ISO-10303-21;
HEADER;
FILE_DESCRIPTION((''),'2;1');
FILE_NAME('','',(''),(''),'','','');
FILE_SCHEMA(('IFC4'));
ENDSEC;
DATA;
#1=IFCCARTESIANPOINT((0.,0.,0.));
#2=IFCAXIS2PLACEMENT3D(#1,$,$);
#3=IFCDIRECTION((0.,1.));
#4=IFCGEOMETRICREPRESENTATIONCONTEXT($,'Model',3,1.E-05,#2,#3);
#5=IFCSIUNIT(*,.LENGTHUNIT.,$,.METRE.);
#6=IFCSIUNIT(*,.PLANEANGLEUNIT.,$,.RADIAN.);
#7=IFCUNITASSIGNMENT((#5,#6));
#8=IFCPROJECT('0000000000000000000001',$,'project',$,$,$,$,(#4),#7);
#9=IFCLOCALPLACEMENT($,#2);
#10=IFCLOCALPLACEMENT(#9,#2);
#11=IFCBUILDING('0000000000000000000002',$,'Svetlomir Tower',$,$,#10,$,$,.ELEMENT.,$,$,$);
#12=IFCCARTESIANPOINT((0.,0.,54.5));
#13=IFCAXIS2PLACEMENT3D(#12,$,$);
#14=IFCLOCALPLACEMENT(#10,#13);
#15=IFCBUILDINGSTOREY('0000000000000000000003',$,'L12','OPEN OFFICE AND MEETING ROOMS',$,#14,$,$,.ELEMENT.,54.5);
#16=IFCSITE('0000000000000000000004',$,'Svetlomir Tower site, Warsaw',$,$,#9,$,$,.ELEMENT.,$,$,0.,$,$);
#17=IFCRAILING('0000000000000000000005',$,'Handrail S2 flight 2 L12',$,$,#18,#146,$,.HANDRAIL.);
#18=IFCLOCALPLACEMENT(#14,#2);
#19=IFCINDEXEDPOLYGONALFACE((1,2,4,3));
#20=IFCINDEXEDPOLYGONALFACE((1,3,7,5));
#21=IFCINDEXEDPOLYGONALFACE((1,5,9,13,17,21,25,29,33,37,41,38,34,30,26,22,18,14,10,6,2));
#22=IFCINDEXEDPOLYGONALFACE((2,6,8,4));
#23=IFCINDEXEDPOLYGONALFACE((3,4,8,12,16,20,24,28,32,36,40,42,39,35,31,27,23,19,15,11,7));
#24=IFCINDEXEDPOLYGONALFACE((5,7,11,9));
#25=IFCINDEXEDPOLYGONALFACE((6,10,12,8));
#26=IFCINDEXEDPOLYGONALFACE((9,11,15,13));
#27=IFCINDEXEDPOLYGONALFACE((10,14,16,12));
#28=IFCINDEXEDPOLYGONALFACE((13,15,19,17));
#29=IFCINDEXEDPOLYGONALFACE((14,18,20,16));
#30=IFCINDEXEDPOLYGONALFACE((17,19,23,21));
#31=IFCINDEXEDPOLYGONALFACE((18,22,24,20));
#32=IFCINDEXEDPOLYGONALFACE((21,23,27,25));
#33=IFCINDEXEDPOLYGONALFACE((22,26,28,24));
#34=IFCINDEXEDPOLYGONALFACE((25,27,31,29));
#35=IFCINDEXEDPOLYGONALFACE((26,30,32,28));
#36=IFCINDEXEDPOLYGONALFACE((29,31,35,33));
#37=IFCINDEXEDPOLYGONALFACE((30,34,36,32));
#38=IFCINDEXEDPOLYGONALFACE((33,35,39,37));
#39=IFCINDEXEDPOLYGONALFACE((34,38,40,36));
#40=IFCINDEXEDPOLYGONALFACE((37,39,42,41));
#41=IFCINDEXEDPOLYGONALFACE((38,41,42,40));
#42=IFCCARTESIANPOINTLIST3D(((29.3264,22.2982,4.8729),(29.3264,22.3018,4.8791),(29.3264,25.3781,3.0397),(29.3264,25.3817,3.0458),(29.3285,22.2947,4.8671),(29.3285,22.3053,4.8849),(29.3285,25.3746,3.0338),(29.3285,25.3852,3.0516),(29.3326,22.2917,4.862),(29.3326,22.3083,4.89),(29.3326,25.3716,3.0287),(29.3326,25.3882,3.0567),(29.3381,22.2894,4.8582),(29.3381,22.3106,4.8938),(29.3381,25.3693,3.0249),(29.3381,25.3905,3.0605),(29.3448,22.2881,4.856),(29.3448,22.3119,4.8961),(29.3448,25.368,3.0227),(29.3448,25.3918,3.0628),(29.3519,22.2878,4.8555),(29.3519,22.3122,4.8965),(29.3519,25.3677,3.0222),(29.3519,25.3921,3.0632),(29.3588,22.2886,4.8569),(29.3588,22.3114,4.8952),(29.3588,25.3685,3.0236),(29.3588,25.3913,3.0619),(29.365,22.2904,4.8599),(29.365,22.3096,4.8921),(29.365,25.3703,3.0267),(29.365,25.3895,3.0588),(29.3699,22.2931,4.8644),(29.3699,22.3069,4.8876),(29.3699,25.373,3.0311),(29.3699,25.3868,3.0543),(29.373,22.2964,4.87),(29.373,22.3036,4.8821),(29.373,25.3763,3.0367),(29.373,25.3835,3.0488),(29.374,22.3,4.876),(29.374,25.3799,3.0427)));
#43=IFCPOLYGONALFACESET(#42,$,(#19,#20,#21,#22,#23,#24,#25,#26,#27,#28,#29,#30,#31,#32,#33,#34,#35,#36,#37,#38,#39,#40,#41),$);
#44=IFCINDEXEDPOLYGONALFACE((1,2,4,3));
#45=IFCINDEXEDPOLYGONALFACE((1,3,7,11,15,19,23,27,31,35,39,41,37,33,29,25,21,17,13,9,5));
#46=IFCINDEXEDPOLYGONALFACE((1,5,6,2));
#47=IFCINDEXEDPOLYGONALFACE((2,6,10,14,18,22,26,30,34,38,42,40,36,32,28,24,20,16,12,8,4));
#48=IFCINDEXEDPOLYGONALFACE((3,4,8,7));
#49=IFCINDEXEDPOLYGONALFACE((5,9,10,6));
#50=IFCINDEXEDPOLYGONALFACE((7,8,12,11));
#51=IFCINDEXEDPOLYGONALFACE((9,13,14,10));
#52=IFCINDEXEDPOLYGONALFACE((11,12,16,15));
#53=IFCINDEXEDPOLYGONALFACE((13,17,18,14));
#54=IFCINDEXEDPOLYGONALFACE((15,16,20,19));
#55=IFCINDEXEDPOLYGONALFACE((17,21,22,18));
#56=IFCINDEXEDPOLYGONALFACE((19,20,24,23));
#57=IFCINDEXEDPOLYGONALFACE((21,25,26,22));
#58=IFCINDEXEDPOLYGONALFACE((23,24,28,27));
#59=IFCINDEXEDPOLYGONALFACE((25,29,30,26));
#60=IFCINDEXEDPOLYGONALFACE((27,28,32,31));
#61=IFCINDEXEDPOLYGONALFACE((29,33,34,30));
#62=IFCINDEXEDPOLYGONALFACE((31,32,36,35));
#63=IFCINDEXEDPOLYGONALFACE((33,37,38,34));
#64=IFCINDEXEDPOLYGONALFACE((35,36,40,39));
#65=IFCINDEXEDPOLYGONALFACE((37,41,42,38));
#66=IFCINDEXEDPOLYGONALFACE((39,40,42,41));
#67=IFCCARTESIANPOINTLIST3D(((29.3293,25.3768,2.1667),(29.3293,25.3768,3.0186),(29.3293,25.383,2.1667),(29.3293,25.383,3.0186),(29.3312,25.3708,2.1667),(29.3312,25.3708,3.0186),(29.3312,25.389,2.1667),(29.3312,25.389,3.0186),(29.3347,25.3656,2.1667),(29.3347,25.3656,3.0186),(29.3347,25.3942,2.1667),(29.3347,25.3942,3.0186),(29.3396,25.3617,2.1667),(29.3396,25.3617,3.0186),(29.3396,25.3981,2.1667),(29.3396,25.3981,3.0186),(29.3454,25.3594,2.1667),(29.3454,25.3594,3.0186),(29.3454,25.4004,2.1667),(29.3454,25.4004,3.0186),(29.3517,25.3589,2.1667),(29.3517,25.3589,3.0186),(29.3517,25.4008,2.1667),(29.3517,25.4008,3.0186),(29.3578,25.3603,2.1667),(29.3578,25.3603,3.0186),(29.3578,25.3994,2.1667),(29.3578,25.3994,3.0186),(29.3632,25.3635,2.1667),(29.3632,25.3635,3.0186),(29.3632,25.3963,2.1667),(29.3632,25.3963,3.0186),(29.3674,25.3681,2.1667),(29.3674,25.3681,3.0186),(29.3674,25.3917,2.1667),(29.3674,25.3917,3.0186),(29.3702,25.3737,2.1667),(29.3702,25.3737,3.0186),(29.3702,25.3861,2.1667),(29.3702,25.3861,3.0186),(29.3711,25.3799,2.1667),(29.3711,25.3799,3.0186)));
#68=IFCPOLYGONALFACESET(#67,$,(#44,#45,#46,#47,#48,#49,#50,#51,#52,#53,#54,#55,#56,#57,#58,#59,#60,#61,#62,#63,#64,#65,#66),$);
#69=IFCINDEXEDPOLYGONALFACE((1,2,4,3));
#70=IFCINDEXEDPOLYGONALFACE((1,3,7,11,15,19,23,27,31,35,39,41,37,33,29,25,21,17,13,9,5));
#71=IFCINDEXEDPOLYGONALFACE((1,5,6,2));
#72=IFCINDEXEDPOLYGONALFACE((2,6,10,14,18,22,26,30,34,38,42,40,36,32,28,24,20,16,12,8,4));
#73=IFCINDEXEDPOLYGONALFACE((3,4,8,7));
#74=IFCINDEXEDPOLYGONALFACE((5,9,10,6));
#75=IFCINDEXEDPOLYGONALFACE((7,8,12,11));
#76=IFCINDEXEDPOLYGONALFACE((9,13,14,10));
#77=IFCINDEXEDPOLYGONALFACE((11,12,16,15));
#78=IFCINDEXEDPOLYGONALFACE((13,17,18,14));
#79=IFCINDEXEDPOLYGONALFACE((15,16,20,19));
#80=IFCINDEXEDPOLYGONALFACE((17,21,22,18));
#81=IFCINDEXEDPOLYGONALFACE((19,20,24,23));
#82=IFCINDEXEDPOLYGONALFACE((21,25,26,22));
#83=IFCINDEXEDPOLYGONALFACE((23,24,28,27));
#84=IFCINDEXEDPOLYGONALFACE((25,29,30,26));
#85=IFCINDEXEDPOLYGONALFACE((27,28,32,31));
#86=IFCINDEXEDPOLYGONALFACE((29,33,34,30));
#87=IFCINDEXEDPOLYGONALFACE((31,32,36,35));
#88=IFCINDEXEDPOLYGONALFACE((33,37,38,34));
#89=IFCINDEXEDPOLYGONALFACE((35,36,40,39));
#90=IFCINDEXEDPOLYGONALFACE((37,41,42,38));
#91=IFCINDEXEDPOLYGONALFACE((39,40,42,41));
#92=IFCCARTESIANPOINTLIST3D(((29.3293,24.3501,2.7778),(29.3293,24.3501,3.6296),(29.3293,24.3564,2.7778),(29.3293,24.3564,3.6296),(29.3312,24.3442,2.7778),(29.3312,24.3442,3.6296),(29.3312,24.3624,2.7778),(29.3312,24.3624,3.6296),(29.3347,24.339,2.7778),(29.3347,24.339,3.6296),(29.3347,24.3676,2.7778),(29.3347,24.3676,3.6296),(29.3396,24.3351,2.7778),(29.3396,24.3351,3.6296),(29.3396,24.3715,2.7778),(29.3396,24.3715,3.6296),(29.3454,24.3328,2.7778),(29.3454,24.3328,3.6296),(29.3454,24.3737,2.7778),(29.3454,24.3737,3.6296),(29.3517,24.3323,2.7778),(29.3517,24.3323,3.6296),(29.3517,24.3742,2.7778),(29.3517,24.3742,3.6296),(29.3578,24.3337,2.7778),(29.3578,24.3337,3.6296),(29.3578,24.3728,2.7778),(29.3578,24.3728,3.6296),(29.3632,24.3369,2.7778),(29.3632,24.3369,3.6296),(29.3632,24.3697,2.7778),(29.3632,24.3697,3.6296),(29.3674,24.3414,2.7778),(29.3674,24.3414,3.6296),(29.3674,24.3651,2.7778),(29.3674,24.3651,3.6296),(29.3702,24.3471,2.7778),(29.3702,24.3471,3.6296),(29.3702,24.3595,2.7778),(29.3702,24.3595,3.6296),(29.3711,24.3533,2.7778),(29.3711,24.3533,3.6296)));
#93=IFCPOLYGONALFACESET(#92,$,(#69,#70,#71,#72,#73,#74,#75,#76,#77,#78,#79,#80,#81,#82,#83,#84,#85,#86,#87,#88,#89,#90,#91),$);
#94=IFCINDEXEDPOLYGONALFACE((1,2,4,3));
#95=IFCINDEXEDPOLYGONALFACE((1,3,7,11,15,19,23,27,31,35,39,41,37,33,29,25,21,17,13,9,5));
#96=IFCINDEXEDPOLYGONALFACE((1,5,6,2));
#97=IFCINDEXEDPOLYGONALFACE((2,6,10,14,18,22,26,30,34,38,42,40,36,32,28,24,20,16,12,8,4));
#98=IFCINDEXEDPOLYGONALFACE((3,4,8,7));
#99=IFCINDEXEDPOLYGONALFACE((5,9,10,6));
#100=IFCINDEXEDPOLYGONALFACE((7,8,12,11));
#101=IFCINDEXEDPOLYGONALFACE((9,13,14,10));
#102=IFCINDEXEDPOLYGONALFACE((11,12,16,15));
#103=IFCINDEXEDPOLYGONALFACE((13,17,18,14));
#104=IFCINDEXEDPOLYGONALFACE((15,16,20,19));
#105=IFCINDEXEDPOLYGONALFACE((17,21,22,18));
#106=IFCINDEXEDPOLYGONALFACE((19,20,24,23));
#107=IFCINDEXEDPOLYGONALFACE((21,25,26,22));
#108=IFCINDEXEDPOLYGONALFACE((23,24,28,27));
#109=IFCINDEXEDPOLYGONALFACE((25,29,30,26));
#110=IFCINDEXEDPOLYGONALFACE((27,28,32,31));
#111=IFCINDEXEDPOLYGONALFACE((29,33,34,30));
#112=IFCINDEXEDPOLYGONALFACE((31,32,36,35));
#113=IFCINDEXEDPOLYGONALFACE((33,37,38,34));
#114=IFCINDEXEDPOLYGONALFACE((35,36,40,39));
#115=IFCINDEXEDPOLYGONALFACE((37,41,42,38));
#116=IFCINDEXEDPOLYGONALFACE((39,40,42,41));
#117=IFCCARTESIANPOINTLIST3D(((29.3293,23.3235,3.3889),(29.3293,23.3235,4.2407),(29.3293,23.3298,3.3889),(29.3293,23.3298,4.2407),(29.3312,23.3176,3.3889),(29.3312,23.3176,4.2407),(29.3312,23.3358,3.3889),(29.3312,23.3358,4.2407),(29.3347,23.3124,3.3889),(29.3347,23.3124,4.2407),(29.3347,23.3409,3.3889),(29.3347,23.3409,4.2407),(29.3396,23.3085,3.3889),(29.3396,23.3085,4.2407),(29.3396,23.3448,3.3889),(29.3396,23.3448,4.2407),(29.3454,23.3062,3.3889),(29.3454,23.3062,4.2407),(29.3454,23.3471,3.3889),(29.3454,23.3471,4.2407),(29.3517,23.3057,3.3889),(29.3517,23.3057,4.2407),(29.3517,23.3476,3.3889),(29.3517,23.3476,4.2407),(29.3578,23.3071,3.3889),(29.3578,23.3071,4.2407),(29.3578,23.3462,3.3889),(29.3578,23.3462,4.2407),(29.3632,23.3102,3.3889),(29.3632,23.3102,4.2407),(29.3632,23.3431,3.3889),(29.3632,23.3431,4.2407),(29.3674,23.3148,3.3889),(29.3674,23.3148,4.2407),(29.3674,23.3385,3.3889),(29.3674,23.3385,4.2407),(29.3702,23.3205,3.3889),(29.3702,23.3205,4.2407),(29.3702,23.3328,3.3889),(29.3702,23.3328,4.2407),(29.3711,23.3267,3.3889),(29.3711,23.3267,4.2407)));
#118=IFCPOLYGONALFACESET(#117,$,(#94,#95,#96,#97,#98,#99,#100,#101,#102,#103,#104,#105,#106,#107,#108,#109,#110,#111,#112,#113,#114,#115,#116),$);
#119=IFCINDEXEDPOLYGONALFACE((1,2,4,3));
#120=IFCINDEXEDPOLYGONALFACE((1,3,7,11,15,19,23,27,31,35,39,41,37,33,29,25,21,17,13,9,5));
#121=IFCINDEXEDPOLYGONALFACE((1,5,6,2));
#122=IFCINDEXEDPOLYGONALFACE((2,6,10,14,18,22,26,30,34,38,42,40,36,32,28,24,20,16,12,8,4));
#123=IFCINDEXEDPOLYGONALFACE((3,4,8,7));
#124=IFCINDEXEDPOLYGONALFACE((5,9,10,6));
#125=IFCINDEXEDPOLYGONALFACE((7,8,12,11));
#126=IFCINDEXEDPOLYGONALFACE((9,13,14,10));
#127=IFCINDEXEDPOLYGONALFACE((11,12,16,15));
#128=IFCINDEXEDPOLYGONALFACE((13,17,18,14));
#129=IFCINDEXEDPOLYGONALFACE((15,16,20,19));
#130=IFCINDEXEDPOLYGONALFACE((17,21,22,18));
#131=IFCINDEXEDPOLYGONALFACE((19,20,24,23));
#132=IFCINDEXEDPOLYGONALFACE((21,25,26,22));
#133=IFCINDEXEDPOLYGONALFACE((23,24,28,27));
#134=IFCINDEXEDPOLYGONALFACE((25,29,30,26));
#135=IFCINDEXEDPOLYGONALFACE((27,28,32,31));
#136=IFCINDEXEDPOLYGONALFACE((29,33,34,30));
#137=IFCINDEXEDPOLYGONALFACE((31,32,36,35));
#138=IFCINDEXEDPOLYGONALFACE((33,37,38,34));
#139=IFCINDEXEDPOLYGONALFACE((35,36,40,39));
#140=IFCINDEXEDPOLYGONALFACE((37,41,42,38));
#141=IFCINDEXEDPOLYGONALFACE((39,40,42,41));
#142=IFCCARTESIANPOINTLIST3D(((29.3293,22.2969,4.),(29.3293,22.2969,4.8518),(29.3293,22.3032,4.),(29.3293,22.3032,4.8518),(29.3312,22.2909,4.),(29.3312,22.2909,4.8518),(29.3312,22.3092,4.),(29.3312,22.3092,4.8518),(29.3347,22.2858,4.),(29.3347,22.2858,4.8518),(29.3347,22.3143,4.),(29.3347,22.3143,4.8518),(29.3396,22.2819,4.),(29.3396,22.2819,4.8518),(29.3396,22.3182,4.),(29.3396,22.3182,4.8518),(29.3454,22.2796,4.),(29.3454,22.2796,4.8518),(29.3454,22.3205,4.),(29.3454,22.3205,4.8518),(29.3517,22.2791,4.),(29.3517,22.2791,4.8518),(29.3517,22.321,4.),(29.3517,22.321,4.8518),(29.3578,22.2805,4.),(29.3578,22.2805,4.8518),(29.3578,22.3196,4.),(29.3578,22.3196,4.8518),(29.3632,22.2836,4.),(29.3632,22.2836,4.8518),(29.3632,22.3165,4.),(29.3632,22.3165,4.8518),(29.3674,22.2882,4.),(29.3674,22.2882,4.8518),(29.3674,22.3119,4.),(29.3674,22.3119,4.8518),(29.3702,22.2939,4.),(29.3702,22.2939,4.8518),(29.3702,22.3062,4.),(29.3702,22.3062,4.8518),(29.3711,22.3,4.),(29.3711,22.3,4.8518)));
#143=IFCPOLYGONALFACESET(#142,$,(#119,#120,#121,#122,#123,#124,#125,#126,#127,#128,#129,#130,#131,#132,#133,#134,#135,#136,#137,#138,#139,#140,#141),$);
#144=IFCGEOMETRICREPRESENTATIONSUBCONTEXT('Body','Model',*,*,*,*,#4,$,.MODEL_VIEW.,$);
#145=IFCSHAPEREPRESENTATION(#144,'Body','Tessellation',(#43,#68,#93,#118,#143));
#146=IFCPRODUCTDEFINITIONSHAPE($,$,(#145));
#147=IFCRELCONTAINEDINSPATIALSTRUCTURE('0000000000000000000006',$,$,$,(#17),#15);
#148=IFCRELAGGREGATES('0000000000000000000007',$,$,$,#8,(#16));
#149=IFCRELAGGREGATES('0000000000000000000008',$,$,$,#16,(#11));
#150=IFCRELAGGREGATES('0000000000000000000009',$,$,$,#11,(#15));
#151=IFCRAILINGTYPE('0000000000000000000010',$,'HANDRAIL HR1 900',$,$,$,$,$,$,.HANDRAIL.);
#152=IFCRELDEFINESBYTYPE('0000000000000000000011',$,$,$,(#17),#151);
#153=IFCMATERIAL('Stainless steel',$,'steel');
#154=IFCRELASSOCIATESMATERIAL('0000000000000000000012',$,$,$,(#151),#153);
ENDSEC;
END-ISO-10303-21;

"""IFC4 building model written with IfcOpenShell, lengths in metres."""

from ifc_helpers import new_model, si_unit, direction, frame, origin, origin_2d, place, context, subcontext, project, spatial, circle, extrude, material, type_object, element, save


model = new_model("IFC4")

# Units and contexts
model_context = context("Model", 3, precision=1e-05, world=origin(), true_north=direction((0.0, 1.0)))
body_context = subcontext(model_context, "Body", "Model", "MODEL_VIEW")
ifc_project = project(units=[si_unit("LENGTHUNIT", "METRE"), si_unit("PLANEANGLEUNIT", "RADIAN")], contexts=[model_context])

# Site, building, storey
site_placement = place(None, origin())
site = spatial("IfcSite", under=ifc_project, at=site_placement, Name="Svetlomir Tower site, Warsaw", CompositionType="ELEMENT", RefElevation=0.0)
building_placement = place(site_placement, origin())
building = spatial("IfcBuilding", under=site, at=building_placement, Name="Svetlomir Tower", CompositionType="ELEMENT")
storey_placement = place(building_placement, frame((0.0, 0.0, 54.5)))
storey = spatial("IfcBuildingStorey", under=building, at=storey_placement, Name="L12", Description="OPEN OFFICE AND MEETING ROOMS", CompositionType="ELEMENT", Elevation=54.5)

# Railing
ifc_material_1 = material(Name="Stainless steel", Category="steel")
railing_type = type_object("IfcRailingType", Name="HANDRAIL HR1 900", PredefinedType="HANDRAIL", material=ifc_material_1)
railing_1_placement = place(storey_placement, frame((29.3501, 25.3799, 2.1667)))
element("IfcRailing", 1, at=railing_1_placement, inside=storey, type_object=railing_type, Name="Handrail S2 flight 2 L12", PredefinedType="HANDRAIL", context=body_context, shape_type="SweptSolid", body=[
    extrude(circle(Radius=0.0239, at=origin_2d()), frame((0.0, 0.0, 0.876), z_axis=(0.0, -0.859291, 0.511487), x_axis=(1.0, 0.0, 0.0)), (0.0, 0.0, 1.0), 3.5842),
    extrude(circle(Radius=0.021, at=origin_2d()), origin(), (0.0, 0.0, 1.0), 0.8518),
    extrude(circle(Radius=0.021, at=origin_2d()), frame((0.0, -1.0266, 0.6111)), (0.0, 0.0, 1.0), 0.8518),
    extrude(circle(Radius=0.021, at=origin_2d()), frame((0.0, -2.0532, 1.2222)), (0.0, 0.0, 1.0), 0.8518),
    extrude(circle(Radius=0.021, at=origin_2d()), frame((0.0, -3.0798, 1.8333)), (0.0, 0.0, 1.0), 0.8518),
])

save(model, "model.ifc")
